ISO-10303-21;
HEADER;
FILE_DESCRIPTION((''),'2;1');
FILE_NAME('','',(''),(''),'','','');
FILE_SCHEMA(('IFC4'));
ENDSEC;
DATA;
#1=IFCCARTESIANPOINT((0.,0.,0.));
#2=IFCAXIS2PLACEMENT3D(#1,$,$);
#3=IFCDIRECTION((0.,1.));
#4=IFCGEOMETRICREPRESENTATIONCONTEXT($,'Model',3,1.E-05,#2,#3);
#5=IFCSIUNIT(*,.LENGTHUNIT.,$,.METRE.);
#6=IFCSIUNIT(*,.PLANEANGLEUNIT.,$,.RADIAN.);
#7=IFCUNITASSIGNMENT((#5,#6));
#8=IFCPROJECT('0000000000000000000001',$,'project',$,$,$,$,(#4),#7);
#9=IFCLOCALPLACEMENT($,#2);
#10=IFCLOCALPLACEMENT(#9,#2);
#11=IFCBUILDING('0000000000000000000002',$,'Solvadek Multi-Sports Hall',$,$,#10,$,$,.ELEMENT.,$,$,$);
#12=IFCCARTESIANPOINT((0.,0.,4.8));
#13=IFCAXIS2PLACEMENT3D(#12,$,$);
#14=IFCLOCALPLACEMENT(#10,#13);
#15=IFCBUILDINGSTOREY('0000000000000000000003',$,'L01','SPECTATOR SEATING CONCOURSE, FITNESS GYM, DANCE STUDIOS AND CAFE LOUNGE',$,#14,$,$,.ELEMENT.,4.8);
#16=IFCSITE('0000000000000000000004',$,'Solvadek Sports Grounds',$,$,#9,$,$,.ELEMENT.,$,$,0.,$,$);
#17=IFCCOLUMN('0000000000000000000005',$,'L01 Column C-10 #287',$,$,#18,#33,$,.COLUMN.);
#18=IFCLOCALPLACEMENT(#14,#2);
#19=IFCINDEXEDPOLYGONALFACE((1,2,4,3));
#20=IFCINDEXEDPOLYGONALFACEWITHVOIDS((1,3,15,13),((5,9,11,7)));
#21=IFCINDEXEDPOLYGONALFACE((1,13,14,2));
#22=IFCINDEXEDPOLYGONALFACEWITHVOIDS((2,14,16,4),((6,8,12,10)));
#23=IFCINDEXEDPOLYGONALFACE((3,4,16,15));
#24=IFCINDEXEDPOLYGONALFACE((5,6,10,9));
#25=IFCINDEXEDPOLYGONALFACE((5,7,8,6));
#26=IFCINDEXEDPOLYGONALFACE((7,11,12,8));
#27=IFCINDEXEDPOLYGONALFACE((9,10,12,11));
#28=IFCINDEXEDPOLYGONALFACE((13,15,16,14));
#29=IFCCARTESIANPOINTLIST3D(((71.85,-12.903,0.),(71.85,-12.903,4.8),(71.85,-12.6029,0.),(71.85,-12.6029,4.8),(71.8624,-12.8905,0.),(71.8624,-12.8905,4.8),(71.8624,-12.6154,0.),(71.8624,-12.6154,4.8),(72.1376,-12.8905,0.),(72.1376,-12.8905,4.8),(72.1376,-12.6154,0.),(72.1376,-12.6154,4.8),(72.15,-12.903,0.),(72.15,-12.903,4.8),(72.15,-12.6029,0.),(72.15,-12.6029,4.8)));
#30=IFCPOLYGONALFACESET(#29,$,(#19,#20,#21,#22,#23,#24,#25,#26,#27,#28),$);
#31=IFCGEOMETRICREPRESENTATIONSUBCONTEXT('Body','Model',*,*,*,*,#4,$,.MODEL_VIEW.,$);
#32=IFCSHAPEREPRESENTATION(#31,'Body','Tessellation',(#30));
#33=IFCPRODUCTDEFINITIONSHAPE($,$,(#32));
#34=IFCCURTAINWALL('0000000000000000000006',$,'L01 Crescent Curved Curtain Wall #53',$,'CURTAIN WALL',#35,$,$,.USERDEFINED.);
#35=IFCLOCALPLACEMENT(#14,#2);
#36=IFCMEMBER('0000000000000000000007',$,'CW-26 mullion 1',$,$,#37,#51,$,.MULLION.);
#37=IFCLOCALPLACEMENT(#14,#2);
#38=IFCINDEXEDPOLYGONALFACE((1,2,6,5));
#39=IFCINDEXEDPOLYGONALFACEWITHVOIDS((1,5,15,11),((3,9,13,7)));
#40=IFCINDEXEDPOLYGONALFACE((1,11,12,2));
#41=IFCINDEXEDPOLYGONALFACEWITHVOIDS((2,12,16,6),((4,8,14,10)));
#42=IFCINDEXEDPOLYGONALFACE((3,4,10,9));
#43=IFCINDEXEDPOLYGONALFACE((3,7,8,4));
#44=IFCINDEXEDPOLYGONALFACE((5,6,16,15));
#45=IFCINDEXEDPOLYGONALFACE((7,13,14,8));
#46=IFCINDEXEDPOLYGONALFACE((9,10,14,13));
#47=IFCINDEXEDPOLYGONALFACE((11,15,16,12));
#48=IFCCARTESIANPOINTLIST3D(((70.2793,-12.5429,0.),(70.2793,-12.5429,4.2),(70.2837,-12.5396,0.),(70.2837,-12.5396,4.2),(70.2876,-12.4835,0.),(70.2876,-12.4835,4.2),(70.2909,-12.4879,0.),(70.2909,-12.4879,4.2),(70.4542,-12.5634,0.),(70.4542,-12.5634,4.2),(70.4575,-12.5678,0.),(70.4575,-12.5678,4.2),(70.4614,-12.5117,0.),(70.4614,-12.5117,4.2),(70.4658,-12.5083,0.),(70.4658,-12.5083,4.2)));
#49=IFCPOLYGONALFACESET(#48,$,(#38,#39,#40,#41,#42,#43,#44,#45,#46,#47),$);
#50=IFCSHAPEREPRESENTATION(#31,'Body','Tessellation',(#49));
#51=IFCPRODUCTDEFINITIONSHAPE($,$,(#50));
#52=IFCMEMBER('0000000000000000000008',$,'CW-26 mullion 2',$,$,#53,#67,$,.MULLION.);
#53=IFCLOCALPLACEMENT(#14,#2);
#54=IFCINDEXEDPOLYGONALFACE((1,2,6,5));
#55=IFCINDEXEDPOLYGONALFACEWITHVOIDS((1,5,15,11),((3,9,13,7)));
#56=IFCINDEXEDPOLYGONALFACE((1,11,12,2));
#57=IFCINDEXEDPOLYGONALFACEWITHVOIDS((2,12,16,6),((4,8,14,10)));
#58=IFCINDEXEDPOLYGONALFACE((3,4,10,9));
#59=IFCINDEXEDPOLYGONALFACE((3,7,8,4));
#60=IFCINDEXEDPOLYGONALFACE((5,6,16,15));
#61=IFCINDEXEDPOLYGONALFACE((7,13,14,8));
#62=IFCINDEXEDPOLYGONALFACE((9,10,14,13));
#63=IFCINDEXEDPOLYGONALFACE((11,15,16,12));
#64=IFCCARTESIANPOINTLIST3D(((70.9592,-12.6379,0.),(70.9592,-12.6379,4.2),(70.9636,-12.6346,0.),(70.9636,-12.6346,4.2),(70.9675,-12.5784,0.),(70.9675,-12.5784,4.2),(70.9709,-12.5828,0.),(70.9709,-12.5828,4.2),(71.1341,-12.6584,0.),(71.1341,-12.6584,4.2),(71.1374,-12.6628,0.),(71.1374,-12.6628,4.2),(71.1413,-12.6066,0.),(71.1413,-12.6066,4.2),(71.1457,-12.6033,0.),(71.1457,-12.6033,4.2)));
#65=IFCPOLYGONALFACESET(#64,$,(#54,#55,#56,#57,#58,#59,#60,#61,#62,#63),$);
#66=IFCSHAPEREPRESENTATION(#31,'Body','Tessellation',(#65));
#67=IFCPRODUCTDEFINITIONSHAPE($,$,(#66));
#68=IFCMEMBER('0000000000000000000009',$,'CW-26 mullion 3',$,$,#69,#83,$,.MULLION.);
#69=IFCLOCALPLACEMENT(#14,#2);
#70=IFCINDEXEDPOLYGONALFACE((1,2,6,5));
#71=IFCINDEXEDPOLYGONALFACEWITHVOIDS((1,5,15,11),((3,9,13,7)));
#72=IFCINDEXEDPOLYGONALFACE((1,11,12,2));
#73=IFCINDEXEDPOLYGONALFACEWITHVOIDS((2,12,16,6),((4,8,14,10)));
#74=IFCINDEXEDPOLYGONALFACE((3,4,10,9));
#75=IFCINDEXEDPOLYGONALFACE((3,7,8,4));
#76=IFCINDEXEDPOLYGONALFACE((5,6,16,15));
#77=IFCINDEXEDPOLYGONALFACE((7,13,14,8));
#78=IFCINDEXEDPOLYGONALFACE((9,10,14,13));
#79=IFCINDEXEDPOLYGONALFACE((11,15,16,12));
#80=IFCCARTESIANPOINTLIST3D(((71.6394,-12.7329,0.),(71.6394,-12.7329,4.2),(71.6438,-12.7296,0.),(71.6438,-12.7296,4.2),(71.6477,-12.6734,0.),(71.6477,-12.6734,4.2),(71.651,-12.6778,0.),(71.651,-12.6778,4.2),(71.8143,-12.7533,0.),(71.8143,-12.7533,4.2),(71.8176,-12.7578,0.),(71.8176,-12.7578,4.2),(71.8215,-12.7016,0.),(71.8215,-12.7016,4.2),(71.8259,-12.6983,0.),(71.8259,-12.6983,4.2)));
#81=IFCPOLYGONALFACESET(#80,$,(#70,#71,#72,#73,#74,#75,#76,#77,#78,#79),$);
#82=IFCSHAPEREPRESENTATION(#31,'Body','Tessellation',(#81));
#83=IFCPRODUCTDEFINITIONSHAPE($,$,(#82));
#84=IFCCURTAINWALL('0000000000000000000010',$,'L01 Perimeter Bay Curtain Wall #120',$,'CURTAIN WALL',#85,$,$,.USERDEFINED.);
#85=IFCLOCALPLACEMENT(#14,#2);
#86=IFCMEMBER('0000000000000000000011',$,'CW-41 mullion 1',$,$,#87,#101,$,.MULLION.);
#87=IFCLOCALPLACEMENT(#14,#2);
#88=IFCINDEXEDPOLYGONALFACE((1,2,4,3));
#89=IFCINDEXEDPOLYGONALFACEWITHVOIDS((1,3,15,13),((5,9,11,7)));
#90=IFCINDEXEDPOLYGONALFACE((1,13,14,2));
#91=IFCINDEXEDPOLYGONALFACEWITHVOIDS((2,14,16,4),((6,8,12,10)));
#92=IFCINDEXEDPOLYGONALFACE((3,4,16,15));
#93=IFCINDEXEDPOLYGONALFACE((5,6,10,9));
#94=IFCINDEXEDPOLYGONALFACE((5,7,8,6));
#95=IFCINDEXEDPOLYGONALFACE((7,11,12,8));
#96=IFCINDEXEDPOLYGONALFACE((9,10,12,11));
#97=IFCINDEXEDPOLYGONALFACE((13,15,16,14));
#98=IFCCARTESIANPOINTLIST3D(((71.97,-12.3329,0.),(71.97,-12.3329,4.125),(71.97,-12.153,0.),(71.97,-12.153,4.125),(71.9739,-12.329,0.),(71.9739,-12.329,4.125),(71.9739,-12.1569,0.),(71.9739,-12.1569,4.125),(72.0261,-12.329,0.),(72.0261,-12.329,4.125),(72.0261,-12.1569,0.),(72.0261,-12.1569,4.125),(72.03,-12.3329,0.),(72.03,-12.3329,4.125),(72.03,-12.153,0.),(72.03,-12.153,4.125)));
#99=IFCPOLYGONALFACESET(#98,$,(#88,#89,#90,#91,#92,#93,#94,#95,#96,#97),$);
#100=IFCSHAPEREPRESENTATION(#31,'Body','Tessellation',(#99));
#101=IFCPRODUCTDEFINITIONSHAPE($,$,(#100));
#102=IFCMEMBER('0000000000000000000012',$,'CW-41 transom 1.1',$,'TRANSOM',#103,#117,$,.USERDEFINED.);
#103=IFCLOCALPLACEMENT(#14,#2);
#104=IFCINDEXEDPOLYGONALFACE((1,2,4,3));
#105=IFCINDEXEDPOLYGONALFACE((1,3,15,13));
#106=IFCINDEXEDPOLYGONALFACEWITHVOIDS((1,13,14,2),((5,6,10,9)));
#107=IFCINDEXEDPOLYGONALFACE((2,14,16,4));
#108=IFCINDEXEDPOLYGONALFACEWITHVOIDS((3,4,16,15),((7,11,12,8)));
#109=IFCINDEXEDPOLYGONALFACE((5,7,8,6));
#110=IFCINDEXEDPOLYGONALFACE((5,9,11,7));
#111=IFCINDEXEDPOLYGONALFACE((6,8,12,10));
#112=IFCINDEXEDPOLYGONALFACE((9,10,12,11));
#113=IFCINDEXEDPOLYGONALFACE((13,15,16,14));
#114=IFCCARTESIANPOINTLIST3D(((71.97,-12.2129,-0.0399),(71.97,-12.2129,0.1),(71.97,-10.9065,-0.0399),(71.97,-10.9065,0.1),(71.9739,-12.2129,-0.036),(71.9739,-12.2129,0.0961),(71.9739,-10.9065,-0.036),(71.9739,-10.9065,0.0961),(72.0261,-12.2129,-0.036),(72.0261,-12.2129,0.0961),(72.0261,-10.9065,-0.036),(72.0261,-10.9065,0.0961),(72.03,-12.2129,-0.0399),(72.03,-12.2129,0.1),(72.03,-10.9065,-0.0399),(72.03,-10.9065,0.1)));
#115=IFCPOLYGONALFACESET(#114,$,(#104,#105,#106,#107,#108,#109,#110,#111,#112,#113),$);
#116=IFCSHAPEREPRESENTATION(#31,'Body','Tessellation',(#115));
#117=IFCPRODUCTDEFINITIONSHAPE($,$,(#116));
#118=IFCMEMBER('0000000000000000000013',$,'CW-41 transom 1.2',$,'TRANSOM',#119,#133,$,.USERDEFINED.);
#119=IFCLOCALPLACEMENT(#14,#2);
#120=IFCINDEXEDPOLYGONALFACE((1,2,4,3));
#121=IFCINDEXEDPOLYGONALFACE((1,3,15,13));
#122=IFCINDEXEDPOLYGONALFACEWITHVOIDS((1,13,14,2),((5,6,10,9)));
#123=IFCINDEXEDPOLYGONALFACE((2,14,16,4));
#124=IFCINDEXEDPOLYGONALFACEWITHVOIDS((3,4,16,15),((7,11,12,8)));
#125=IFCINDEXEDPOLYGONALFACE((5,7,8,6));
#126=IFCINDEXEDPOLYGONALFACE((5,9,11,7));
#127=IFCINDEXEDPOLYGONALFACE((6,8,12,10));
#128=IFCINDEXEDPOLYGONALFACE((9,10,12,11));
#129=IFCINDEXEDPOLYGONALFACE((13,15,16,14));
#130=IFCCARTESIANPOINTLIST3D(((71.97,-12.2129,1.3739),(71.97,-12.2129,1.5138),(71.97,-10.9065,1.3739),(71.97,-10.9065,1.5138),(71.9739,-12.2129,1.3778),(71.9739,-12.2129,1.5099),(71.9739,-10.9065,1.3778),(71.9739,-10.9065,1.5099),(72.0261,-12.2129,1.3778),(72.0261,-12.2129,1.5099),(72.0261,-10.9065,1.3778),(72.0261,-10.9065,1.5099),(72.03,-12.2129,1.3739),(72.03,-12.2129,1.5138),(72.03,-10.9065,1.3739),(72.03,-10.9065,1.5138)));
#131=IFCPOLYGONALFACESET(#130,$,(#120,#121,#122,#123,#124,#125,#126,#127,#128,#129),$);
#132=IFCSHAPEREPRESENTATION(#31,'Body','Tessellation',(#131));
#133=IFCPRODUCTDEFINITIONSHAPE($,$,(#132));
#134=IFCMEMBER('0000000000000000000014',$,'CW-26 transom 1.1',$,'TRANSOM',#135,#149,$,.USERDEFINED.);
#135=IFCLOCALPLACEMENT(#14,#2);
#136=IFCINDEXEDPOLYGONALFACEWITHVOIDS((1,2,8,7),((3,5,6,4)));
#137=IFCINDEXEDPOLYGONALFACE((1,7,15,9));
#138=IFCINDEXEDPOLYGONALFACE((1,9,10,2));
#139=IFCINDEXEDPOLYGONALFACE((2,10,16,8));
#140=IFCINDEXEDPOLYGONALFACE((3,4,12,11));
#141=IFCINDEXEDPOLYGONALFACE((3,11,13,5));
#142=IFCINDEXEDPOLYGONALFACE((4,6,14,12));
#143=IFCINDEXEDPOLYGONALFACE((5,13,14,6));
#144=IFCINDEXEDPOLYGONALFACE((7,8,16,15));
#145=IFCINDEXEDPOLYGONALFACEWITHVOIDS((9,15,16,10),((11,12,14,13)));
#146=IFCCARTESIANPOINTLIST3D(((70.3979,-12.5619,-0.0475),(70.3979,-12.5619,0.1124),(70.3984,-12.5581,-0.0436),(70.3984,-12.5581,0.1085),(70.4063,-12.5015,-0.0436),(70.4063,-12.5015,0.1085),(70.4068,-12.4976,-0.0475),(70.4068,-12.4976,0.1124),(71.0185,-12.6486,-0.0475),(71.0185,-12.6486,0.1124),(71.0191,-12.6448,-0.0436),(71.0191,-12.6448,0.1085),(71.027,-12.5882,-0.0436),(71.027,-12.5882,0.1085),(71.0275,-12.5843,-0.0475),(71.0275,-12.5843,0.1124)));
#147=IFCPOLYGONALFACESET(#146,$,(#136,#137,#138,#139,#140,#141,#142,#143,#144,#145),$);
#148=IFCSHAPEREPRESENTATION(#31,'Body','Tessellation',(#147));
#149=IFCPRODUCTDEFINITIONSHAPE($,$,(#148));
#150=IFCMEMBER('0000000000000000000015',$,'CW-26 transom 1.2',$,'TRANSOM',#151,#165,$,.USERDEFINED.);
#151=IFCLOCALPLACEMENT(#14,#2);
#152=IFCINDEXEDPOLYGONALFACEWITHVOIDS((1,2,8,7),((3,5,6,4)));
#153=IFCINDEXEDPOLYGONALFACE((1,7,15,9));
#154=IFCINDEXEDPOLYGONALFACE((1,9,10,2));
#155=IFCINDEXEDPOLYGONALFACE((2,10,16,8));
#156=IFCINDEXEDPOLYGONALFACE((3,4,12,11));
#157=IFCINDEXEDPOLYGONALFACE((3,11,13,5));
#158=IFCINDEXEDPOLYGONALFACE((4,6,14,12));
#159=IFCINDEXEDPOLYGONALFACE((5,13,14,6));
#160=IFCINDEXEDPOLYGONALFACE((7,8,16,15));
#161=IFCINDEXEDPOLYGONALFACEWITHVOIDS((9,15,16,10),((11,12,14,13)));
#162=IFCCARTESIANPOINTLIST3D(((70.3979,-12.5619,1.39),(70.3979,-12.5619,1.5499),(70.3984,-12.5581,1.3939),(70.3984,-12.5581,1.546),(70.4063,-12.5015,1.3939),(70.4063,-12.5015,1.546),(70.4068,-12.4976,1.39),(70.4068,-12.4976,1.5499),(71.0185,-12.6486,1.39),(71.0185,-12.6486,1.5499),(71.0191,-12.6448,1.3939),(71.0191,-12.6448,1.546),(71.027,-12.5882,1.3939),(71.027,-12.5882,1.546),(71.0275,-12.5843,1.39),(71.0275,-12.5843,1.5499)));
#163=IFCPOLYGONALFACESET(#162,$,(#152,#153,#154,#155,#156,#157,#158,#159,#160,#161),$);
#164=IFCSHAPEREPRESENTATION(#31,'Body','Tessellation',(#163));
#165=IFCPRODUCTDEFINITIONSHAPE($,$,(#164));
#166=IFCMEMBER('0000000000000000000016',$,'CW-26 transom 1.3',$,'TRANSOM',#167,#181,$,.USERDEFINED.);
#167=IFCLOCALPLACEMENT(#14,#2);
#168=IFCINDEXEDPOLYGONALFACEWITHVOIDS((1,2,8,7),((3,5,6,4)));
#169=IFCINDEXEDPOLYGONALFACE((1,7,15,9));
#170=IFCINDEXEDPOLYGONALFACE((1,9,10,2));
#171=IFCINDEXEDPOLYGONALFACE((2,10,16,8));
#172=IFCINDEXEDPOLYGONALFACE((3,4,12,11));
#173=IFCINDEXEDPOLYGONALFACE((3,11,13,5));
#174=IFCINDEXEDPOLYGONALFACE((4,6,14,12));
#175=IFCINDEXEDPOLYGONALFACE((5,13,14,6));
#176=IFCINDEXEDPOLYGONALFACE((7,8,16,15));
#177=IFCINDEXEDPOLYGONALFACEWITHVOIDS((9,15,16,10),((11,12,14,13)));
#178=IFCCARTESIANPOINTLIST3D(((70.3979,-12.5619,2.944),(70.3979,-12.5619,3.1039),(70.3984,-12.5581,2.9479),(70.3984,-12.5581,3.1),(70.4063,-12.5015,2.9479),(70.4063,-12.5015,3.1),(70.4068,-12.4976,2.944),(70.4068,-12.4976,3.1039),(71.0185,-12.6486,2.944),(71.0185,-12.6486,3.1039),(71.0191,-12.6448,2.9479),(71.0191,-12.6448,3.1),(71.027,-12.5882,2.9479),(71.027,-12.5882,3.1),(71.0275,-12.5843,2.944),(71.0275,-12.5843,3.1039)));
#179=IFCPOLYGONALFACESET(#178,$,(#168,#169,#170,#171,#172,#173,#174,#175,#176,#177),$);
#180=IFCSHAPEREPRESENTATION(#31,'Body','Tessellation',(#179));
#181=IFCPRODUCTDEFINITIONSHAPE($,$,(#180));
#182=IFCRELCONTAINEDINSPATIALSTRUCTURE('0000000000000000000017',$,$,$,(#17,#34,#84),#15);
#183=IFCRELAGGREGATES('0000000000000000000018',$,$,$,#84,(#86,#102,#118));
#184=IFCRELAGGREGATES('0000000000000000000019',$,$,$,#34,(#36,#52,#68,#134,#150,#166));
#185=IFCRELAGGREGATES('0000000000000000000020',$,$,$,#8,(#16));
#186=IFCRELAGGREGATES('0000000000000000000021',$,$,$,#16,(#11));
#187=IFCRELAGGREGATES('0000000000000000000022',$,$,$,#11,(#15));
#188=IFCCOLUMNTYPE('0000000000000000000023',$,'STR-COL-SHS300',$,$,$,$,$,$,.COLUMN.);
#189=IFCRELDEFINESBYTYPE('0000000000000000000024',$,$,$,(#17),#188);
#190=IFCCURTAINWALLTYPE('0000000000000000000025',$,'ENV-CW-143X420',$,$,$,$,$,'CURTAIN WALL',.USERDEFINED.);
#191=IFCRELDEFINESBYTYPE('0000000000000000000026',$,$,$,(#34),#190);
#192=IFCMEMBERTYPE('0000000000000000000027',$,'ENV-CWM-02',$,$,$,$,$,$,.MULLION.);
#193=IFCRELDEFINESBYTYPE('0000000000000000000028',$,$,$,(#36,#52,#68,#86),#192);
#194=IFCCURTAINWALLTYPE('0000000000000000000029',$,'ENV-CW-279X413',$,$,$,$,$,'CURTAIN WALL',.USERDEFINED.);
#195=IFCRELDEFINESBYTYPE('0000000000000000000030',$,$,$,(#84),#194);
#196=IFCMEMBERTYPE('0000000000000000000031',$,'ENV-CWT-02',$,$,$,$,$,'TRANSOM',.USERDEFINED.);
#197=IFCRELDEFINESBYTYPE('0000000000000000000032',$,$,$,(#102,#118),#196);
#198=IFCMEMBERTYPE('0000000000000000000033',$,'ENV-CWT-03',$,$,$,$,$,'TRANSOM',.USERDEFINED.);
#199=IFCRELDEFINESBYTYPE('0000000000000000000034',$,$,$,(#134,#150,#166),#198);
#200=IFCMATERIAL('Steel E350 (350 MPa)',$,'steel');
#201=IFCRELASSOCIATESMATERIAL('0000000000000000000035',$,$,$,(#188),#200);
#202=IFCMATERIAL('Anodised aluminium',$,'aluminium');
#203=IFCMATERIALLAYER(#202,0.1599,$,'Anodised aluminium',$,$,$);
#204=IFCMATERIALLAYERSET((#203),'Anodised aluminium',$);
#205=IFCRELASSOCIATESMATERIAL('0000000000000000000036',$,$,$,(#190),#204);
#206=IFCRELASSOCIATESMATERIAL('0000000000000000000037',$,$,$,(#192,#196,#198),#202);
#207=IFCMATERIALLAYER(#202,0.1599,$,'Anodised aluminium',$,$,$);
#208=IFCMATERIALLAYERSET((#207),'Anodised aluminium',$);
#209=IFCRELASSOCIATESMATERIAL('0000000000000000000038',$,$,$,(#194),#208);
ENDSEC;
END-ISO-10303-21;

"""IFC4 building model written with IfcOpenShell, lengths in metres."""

from ifc_helpers import new_model, si_unit, direction, frame, origin, origin_2d, place, context, subcontext, project, spatial, hollow_rectangle, extrude, material, layer, layer_set, material_profile, profile_set, type_object, element, aggregate, save


model = new_model("IFC4")

# Units and contexts
model_context = context("Model", 3, precision=1e-05, world=origin(), true_north=direction((0.0, 1.0)))
body_context = subcontext(model_context, "Body", "Model", "MODEL_VIEW")
ifc_project = project(units=[si_unit("LENGTHUNIT", "METRE"), si_unit("PLANEANGLEUNIT", "RADIAN")], contexts=[model_context])

# Site, building, storey
site_placement = place(None, origin())
site = spatial("IfcSite", under=ifc_project, at=site_placement, Name="Solvadek Sports Grounds", CompositionType="ELEMENT", RefElevation=0.0)
building_placement = place(site_placement, origin())
building = spatial("IfcBuilding", under=site, at=building_placement, Name="Solvadek Multi-Sports Hall", CompositionType="ELEMENT")
storey_placement = place(building_placement, frame((0.0, 0.0, 4.8)))
storey = spatial("IfcBuildingStorey", under=building, at=storey_placement, Name="L01", Description="SPECTATOR SEATING CONCOURSE, FITNESS GYM, DANCE STUDIOS AND CAFE LOUNGE", CompositionType="ELEMENT", Elevation=4.8)

# Column
ifc_material_1 = material(Name="Steel E350 (350 MPa)", Category="steel")
ifc_material_profile_1 = material_profile(ifc_material_1, hollow_rectangle(XDim=0.3, YDim=0.3, WallThickness=0.0125, at=origin_2d()), Name="SHS 300x300x12.5")
ifc_profile_set_1 = profile_set([ifc_material_profile_1], Name="Steel E350 (350 MPa)")
column_type = type_object("IfcColumnType", Name="STR-COL-SHS300", PredefinedType="COLUMN", material=ifc_profile_set_1)
column_placement = place(storey_placement, frame((72.0, -12.7529, 0.0), z_axis=(0.0, 0.0, 1.0), x_axis=(1.0, 0.0, 0.0)))
element("IfcColumn", 1, at=column_placement, inside=storey, type_object=column_type, Name="L01 Column C-10 #287", PredefinedType="COLUMN", context=body_context, shape_type="SweptSolid", body=[
    extrude(hollow_rectangle(XDim=0.3, YDim=0.3, WallThickness=0.0125, at=origin_2d()), origin(), (0.0, 0.0, 1.0), 4.8),
])

# Curtain walls, members
ifc_material_2 = material(Name="Anodised aluminium", Category="aluminium")
ifc_layer_1 = layer(ifc_material_2, 0.1599, Name="Anodised aluminium")
ifc_layer_set_1 = layer_set([ifc_layer_1], Name="Anodised aluminium")
curtain_wall_type_1 = type_object("IfcCurtainWallType", Name="ENV-CW-143X420", ElementType="CURTAIN WALL", PredefinedType="USERDEFINED", material=ifc_layer_set_1)
curtain_wall_1_placement = place(storey_placement, origin())
curtain_wall_1 = element("IfcCurtainWall", 2, at=curtain_wall_1_placement, inside=storey, type_object=curtain_wall_type_1, Name="L01 Crescent Curved Curtain Wall #53", ObjectType="CURTAIN WALL", PredefinedType="USERDEFINED")
ifc_material_profile_2 = material_profile(ifc_material_2, hollow_rectangle(XDim=0.0601, YDim=0.1799, WallThickness=0.0039, at=origin_2d()), Name="ALU-M 180x60x4")
ifc_profile_set_2 = profile_set([ifc_material_profile_2], Name="Anodised aluminium")
member_type_1 = type_object("IfcMemberType", Name="ENV-CWM-02", PredefinedType="MULLION", material=ifc_profile_set_2)
member_1_placement = place(storey_placement, frame((70.3726, -12.5256, 0.0), z_axis=(0.0, 0.0, 1.0), x_axis=(0.138217, 0.990402, 0.0)))
member_1 = element("IfcMember", 3, at=member_1_placement, type_object=member_type_1, Name="CW-26 mullion 1", PredefinedType="MULLION", context=body_context, shape_type="SweptSolid", body=[
    extrude(hollow_rectangle(XDim=0.0601, YDim=0.1799, WallThickness=0.0039, at=origin_2d()), origin(), (0.0, 0.0, 1.0), 4.2),
])
member_2_placement = place(storey_placement, frame((71.0525, -12.6206, 0.0), z_axis=(0.0, 0.0, 1.0), x_axis=(0.138217, 0.990402, 0.0)))
member_2 = element("IfcMember", 4, at=member_2_placement, type_object=member_type_1, Name="CW-26 mullion 2", PredefinedType="MULLION", context=body_context, shape_type="SweptSolid", body=[
    extrude(hollow_rectangle(XDim=0.0601, YDim=0.1799, WallThickness=0.0039, at=origin_2d()), origin(), (0.0, 0.0, 1.0), 4.2),
])
member_3_placement = place(storey_placement, frame((71.7327, -12.7156, 0.0), z_axis=(0.0, 0.0, 1.0), x_axis=(0.138217, 0.990402, 0.0)))
member_3 = element("IfcMember", 5, at=member_3_placement, type_object=member_type_1, Name="CW-26 mullion 3", PredefinedType="MULLION", context=body_context, shape_type="SweptSolid", body=[
    extrude(hollow_rectangle(XDim=0.0601, YDim=0.1799, WallThickness=0.0039, at=origin_2d()), origin(), (0.0, 0.0, 1.0), 4.2),
])
ifc_layer_2 = layer(ifc_material_2, 0.1599, Name="Anodised aluminium")
ifc_layer_set_2 = layer_set([ifc_layer_2], Name="Anodised aluminium")
curtain_wall_type_2 = type_object("IfcCurtainWallType", Name="ENV-CW-279X413", ElementType="CURTAIN WALL", PredefinedType="USERDEFINED", material=ifc_layer_set_2)
curtain_wall_2_placement = place(storey_placement, origin())
curtain_wall_2 = element("IfcCurtainWall", 6, at=curtain_wall_2_placement, inside=storey, type_object=curtain_wall_type_2, Name="L01 Perimeter Bay Curtain Wall #120", ObjectType="CURTAIN WALL", PredefinedType="USERDEFINED")
member_4_placement = place(storey_placement, frame((72.0, -12.2429, 0.0), z_axis=(0.0, 0.0, 1.0), x_axis=(-1.0, 0.0, 0.0)))
member_4 = element("IfcMember", 7, at=member_4_placement, type_object=member_type_1, Name="CW-41 mullion 1", PredefinedType="MULLION", context=body_context, shape_type="SweptSolid", body=[
    extrude(hollow_rectangle(XDim=0.0601, YDim=0.1799, WallThickness=0.0039, at=origin_2d()), origin(), (0.0, 0.0, 1.0), 4.125),
])
ifc_material_profile_3 = material_profile(ifc_material_2, hollow_rectangle(XDim=0.0601, YDim=0.1399, WallThickness=0.0039, at=origin_2d()), Name="ALU-T 140x60x4")
ifc_profile_set_3 = profile_set([ifc_material_profile_3], Name="Anodised aluminium")
member_type_2 = type_object("IfcMemberType", Name="ENV-CWT-02", ElementType="TRANSOM", PredefinedType="USERDEFINED", material=ifc_profile_set_3)
member_5_placement = place(storey_placement, frame((72.0, -12.2129, 0.03), z_axis=(0.0, 1.0, 0.0), x_axis=(-1.0, 0.0, 0.0)))
member_5 = element("IfcMember", 8, at=member_5_placement, type_object=member_type_2, Name="CW-41 transom 1.1", ObjectType="TRANSOM", PredefinedType="USERDEFINED", context=body_context, shape_type="SweptSolid", body=[
    extrude(hollow_rectangle(XDim=0.0601, YDim=0.1399, WallThickness=0.0039, at=origin_2d()), origin(), (0.0, 0.0, 1.0), 1.3064),
])
member_6_placement = place(storey_placement, frame((72.0, -12.2129, 1.4438), z_axis=(0.0, 1.0, 0.0), x_axis=(-1.0, 0.0, 0.0)))
member_6 = element("IfcMember", 9, at=member_6_placement, type_object=member_type_2, Name="CW-41 transom 1.2", ObjectType="TRANSOM", PredefinedType="USERDEFINED", context=body_context, shape_type="SweptSolid", body=[
    extrude(hollow_rectangle(XDim=0.0601, YDim=0.1399, WallThickness=0.0039, at=origin_2d()), origin(), (0.0, 0.0, 1.0), 1.3064),
])
aggregate(curtain_wall_2, [member_4, member_5, member_6])

# Members
ifc_material_profile_4 = material_profile(ifc_material_2, hollow_rectangle(XDim=0.0649, YDim=0.1599, WallThickness=0.0039, at=origin_2d()), Name="ALU-T 160x65x4")
ifc_profile_set_4 = profile_set([ifc_material_profile_4], Name="Anodised aluminium")
member_type_3 = type_object("IfcMemberType", Name="ENV-CWT-03", ElementType="TRANSOM", PredefinedType="USERDEFINED", material=ifc_profile_set_4)
member_7_placement = place(storey_placement, frame((70.4023, -12.5298, 0.0325), z_axis=(0.990389, -0.138312, 0.0), x_axis=(0.138312, 0.990389, 0.0)))
member_7 = element("IfcMember", 10, at=member_7_placement, type_object=member_type_3, Name="CW-26 transom 1.1", ObjectType="TRANSOM", PredefinedType="USERDEFINED", context=body_context, shape_type="SweptSolid", body=[
    extrude(hollow_rectangle(XDim=0.0649, YDim=0.1599, WallThickness=0.0039, at=origin_2d()), origin(), (0.0, 0.0, 1.0), 0.6267),
])
member_8_placement = place(storey_placement, frame((70.4023, -12.5298, 1.47), z_axis=(0.990389, -0.138312, 0.0), x_axis=(0.138312, 0.990389, 0.0)))
member_8 = element("IfcMember", 11, at=member_8_placement, type_object=member_type_3, Name="CW-26 transom 1.2", ObjectType="TRANSOM", PredefinedType="USERDEFINED", context=body_context, shape_type="SweptSolid", body=[
    extrude(hollow_rectangle(XDim=0.0649, YDim=0.1599, WallThickness=0.0039, at=origin_2d()), origin(), (0.0, 0.0, 1.0), 0.6267),
])
member_9_placement = place(storey_placement, frame((70.4023, -12.5298, 3.0239), z_axis=(0.990389, -0.138312, 0.0), x_axis=(0.138312, 0.990389, 0.0)))
member_9 = element("IfcMember", 12, at=member_9_placement, type_object=member_type_3, Name="CW-26 transom 1.3", ObjectType="TRANSOM", PredefinedType="USERDEFINED", context=body_context, shape_type="SweptSolid", body=[
    extrude(hollow_rectangle(XDim=0.0649, YDim=0.1599, WallThickness=0.0039, at=origin_2d()), origin(), (0.0, 0.0, 1.0), 0.6267),
])

aggregate(curtain_wall_1, [member_1, member_2, member_3, member_7, member_8, member_9])

save(model, "model.ifc")
